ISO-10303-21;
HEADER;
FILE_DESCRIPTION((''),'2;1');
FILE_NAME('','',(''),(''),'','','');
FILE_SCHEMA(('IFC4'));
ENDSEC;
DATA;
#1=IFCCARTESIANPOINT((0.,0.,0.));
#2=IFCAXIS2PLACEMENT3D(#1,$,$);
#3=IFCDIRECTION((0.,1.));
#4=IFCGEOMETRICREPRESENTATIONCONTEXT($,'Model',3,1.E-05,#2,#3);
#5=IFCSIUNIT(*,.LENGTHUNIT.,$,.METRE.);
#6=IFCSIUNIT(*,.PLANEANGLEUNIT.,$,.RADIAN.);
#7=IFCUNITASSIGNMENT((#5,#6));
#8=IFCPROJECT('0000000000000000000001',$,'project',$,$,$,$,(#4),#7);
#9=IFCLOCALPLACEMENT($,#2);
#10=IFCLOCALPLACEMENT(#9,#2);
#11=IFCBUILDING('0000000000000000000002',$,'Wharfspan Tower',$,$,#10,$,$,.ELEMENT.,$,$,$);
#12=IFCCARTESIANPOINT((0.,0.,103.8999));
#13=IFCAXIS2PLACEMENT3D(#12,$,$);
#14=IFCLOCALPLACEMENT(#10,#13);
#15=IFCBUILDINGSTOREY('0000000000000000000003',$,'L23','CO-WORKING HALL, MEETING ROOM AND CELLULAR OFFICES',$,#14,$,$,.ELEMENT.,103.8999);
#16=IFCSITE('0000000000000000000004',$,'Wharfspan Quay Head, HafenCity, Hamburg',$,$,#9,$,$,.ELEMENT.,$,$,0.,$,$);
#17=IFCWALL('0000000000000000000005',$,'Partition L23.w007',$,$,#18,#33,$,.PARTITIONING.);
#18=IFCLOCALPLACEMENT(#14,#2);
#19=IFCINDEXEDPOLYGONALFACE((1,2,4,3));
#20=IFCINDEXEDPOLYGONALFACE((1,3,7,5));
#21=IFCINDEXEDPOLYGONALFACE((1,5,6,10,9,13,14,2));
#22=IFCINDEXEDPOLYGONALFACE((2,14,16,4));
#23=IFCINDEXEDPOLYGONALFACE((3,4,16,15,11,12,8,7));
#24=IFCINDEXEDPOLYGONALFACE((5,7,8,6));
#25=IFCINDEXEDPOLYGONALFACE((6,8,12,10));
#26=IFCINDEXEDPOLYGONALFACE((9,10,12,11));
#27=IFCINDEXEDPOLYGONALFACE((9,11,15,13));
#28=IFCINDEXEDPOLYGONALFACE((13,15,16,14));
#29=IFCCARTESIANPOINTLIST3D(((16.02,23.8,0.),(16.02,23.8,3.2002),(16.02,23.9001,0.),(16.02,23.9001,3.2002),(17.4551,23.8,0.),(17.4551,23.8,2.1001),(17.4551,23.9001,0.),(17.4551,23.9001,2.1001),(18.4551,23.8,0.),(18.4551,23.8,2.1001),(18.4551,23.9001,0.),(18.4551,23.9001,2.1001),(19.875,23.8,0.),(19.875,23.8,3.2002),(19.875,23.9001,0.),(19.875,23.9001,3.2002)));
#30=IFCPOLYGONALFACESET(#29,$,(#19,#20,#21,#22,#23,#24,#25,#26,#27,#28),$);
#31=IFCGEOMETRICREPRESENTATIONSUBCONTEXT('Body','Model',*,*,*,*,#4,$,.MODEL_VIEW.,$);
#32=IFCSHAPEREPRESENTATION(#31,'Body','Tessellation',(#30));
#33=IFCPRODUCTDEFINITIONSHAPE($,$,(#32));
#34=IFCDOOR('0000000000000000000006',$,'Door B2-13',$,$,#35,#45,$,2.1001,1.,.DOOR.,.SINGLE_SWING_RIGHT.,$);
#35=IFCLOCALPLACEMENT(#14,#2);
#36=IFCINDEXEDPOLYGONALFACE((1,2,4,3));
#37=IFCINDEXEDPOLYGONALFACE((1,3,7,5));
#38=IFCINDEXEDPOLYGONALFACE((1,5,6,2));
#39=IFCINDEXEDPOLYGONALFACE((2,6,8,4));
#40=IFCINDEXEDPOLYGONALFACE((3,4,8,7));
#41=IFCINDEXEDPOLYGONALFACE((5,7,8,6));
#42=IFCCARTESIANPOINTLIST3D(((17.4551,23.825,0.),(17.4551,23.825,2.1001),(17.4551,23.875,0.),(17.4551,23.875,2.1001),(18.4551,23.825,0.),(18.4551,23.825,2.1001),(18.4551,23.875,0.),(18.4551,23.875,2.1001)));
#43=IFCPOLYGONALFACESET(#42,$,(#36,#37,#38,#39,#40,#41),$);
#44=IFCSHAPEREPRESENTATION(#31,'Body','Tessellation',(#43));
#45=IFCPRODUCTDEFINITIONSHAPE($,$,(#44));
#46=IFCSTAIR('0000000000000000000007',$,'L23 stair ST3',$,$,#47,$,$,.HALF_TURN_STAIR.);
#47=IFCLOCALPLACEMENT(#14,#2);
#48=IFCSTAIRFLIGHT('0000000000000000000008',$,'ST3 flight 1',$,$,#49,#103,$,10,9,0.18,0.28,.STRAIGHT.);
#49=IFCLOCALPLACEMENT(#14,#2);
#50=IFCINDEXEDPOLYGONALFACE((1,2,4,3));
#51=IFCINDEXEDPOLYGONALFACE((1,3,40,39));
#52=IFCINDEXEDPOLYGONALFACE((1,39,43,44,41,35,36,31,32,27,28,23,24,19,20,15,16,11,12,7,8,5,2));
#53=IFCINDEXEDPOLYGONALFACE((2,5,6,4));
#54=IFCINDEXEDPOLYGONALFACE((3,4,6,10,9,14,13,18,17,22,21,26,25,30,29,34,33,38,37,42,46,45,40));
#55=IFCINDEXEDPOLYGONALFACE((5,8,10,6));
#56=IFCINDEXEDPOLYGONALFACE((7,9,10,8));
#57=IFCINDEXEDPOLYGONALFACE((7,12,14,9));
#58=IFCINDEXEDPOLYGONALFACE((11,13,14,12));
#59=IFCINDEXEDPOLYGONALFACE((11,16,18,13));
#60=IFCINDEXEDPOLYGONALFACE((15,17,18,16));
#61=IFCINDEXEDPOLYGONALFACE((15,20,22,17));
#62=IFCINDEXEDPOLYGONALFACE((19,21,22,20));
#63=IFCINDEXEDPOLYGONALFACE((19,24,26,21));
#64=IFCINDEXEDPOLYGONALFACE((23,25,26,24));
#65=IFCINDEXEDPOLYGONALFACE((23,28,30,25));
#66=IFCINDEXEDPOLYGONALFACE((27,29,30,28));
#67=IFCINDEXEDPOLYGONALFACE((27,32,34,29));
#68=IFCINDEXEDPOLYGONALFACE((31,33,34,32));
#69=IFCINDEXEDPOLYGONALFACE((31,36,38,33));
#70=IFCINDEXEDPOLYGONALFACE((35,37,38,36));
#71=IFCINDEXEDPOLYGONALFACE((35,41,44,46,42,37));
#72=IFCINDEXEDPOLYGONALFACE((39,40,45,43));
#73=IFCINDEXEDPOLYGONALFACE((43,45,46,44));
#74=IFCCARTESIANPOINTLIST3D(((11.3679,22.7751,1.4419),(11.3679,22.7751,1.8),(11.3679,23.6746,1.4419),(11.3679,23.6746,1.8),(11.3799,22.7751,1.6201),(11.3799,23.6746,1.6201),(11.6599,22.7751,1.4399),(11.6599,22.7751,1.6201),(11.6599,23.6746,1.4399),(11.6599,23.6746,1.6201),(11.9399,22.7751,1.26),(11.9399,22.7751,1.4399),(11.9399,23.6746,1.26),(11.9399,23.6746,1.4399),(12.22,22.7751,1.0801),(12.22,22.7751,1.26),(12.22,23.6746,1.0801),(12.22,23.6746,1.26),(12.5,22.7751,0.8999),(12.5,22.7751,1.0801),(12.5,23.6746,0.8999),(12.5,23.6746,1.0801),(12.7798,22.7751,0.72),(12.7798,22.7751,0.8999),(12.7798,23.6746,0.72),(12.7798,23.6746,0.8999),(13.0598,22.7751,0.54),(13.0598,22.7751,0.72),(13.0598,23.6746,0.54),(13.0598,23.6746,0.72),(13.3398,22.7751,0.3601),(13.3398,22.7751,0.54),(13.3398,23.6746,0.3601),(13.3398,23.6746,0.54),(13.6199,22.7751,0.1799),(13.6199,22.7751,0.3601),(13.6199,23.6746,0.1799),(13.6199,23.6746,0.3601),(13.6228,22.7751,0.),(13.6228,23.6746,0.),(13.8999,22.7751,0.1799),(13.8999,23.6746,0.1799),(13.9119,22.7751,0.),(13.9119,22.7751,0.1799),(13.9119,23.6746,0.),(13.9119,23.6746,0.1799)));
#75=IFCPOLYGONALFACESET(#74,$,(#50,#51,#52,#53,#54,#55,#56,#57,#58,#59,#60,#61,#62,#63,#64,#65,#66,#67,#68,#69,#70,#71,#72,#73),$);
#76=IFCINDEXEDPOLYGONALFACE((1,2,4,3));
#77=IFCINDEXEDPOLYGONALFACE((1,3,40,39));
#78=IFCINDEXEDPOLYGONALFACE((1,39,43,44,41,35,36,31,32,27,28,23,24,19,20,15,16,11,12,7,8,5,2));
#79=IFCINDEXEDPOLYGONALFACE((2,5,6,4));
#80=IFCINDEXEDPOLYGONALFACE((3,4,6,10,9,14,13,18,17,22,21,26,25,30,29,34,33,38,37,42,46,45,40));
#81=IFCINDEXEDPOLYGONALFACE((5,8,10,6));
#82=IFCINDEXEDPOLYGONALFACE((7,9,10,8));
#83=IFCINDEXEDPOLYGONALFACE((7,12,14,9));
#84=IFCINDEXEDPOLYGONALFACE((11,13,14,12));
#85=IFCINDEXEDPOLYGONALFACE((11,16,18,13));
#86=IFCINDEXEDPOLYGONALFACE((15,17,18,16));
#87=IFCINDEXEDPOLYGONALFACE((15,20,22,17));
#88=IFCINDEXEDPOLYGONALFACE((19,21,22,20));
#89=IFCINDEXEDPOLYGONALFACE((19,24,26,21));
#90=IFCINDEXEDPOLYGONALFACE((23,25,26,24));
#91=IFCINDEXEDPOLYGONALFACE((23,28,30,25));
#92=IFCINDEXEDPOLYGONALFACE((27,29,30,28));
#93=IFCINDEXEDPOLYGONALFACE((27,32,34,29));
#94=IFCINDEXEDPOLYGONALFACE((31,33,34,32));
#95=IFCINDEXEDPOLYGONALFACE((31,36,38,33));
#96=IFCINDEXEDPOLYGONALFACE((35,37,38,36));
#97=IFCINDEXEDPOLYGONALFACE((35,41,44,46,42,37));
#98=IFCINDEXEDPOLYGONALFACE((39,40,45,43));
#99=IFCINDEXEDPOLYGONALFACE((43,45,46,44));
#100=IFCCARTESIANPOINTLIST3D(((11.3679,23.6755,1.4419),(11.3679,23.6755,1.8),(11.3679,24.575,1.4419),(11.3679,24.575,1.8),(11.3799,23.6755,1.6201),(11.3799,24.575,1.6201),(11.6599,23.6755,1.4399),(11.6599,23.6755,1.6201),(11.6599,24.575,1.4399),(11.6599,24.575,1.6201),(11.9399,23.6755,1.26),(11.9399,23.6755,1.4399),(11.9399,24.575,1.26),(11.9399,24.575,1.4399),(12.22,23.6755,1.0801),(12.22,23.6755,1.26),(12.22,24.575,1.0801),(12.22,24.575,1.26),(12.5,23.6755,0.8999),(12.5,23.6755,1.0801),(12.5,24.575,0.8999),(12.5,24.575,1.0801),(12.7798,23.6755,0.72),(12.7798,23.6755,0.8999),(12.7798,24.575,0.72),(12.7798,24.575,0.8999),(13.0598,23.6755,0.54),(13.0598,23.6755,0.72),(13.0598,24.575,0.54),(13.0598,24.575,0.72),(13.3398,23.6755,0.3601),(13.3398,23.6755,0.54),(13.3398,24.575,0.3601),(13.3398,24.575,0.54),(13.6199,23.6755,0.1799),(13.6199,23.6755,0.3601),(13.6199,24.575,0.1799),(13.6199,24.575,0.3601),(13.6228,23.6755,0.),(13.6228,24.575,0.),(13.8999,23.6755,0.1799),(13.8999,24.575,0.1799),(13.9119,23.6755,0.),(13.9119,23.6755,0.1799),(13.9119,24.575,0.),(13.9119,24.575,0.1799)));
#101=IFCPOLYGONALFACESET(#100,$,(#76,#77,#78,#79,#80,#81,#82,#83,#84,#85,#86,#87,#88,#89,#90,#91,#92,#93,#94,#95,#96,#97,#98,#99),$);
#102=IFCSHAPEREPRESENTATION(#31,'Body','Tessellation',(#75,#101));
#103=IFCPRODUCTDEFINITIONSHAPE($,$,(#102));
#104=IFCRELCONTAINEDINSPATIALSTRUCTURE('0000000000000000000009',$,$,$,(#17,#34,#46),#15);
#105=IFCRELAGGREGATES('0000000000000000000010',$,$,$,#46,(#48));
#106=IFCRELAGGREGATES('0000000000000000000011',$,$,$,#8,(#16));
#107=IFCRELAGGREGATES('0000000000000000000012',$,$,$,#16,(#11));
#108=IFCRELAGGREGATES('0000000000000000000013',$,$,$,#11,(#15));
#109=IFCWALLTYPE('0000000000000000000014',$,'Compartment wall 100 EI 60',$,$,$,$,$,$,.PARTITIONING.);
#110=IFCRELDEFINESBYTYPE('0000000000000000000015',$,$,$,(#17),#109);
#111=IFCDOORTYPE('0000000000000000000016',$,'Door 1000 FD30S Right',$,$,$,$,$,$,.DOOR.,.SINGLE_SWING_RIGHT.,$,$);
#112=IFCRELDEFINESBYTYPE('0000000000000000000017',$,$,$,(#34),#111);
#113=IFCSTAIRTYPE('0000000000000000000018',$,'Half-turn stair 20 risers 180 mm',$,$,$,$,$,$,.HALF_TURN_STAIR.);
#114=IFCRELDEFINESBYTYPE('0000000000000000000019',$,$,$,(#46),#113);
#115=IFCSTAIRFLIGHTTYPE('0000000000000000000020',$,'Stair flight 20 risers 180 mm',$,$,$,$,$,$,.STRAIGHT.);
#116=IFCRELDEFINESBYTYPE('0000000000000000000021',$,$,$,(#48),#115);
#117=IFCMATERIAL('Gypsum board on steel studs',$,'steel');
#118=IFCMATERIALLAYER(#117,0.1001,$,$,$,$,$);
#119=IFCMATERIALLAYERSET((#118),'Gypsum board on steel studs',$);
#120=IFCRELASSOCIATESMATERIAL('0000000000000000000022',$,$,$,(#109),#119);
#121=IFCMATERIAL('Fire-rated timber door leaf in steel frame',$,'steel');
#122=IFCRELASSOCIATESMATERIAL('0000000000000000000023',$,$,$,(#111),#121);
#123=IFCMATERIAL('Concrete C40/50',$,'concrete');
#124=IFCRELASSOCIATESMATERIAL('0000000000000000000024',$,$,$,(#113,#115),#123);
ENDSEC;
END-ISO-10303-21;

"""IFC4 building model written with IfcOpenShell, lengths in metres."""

from ifc_helpers import new_model, si_unit, direction, frame, frame_2d, origin, place, context, subcontext, project, spatial, polyline, rectangle, outline, extrude, material, layer, layer_set, type_object, element, fill, aggregate, save


model = new_model("IFC4")

# Units and contexts
model_context = context("Model", 3, precision=1e-05, world=origin(), true_north=direction((0.0, 1.0)))
body_context = subcontext(model_context, "Body", "Model", "MODEL_VIEW")
ifc_project = project(units=[si_unit("LENGTHUNIT", "METRE"), si_unit("PLANEANGLEUNIT", "RADIAN")], contexts=[model_context])

# Site, building, storey
site_placement = place(None, origin())
site = spatial("IfcSite", under=ifc_project, at=site_placement, Name="Wharfspan Quay Head, HafenCity, Hamburg", CompositionType="ELEMENT", RefElevation=0.0)
building_placement = place(site_placement, origin())
building = spatial("IfcBuilding", under=site, at=building_placement, Name="Wharfspan Tower", CompositionType="ELEMENT")
storey_placement = place(building_placement, frame((0.0, 0.0, 103.8999)))
storey = spatial("IfcBuildingStorey", under=building, at=storey_placement, Name="L23", Description="CO-WORKING HALL, MEETING ROOM AND CELLULAR OFFICES", CompositionType="ELEMENT", Elevation=103.8999)

# Wall, opening, door
ifc_material_1 = material(Name="Gypsum board on steel studs", Category="steel")
ifc_layer = layer(ifc_material_1, 0.1001)
ifc_layer_set = layer_set([ifc_layer], Name="Gypsum board on steel studs")
wall_type = type_object("IfcWallType", Name="Compartment wall 100 EI 60", PredefinedType="PARTITIONING", material=ifc_layer_set)
wall_placement = place(storey_placement, frame((16.02, 23.8501, 0.0), z_axis=(0.0, 0.0, 1.0), x_axis=(1.0, 0.0, 0.0)))
wall = element("IfcWall", 1, at=wall_placement, inside=storey, type_object=wall_type, Name="Partition L23.w007", PredefinedType="PARTITIONING", context=body_context, shape_type="SweptSolid", body=[
    extrude(rectangle(XDim=3.855, YDim=0.1001, at=frame_2d((1.9275, 0.0))), origin(), (0.0, 0.0, 1.0), 3.2002),
])
opening_placement = place(wall_placement, frame((1.4351, 0.0, 0.0)))
opening = element("IfcOpeningElement", 2, at=opening_placement, cuts=wall, PredefinedType="OPENING", context=body_context, shape_type="SweptSolid", body=[
    extrude(rectangle(XDim=1.0, YDim=2.1001, at=frame_2d((0.5, 1.05))), frame((0.0, 0.0601, 0.0), z_axis=(0.0, -1.0, 0.0), x_axis=(1.0, 0.0, 0.0)), (0.0, 0.0, 1.0), 0.1201),
])
ifc_material_2 = material(Name="Fire-rated timber door leaf in steel frame", Category="steel")
door_type = type_object("IfcDoorType", Name="Door 1000 FD30S Right", OperationType="SINGLE_SWING_RIGHT", PredefinedType="DOOR", material=ifc_material_2)
door_placement = place(opening_placement, origin())
door = element("IfcDoor", 3, at=door_placement, inside=storey, type_object=door_type, Name="Door B2-13", OperationType="SINGLE_SWING_RIGHT", OverallHeight=2.1001, OverallWidth=1.0, PredefinedType="DOOR", context=body_context, shape_type="SweptSolid", body=[
    extrude(rectangle(XDim=1.0, YDim=2.1001, at=frame_2d((0.5, 1.05))), frame((0.0, 0.0249, 0.0), z_axis=(0.0, -1.0, 0.0), x_axis=(1.0, 0.0, 0.0)), (0.0, 0.0, 1.0), 0.05),
])
fill(opening, door)

# Stair, stair flight
ifc_material_3 = material(Name="Concrete C40/50", Category="concrete")
stair_type = type_object("IfcStairType", Name="Half-turn stair 20 risers 180 mm", PredefinedType="HALF_TURN_STAIR", material=ifc_material_3)
stair_placement = place(storey_placement, origin())
stair = element("IfcStair", 4, at=stair_placement, inside=storey, type_object=stair_type, Name="L23 stair ST3", PredefinedType="HALF_TURN_STAIR")
stair_flight_type = type_object("IfcStairFlightType", Name="Stair flight 20 risers 180 mm", PredefinedType="STRAIGHT", material=ifc_material_3)
stair_flight_placement = place(storey_placement, frame((13.8999, 23.675, 0.0), z_axis=(0.0, 0.0, 1.0), x_axis=(-1.0, 0.0, 0.0)))
stair_flight = element("IfcStairFlight", 5, at=stair_flight_placement, type_object=stair_flight_type, Name="ST3 flight 1", NumberOfRisers=10, NumberOfTreads=9, PredefinedType="STRAIGHT", RiserHeight=0.18, TreadLength=0.28, context=body_context, shape_type="SweptSolid", body=[
    extrude(outline(polyline([(-0.012, 0.0), (-0.012, 0.1799), (0.0, 0.1799), (0.28, 0.1799), (0.28, 0.3601), (0.5601, 0.3601), (0.5601, 0.54), (0.8401, 0.54), (0.8401, 0.72), (1.1201, 0.72), (1.1201, 0.8999), (1.3999, 0.8999), (1.3999, 1.0801), (1.6799, 1.0801), (1.6799, 1.26), (1.96, 1.26), (1.96, 1.4399), (2.24, 1.4399), (2.24, 1.6201), (2.52, 1.6201), (2.532, 1.8), (2.532, 1.4419), (0.2771, 0.0), (-0.012, 0.0)])), frame((0.0, 0.8999, 0.0), z_axis=(0.0, -1.0, 0.0), x_axis=(1.0, 0.0, 0.0)), (0.0, 0.0, 1.0), 0.8994),
    extrude(outline(polyline([(-0.012, 0.0), (-0.012, 0.1799), (0.0, 0.1799), (0.28, 0.1799), (0.28, 0.3601), (0.5601, 0.3601), (0.5601, 0.54), (0.8401, 0.54), (0.8401, 0.72), (1.1201, 0.72), (1.1201, 0.8999), (1.3999, 0.8999), (1.3999, 1.0801), (1.6799, 1.0801), (1.6799, 1.26), (1.96, 1.26), (1.96, 1.4399), (2.24, 1.4399), (2.24, 1.6201), (2.52, 1.6201), (2.532, 1.8), (2.532, 1.4419), (0.2771, 0.0), (-0.012, 0.0)])), frame((0.0, -0.0005, 0.0), z_axis=(0.0, -1.0, 0.0), x_axis=(1.0, 0.0, 0.0)), (0.0, 0.0, 1.0), 0.8994),
])
aggregate(stair, [stair_flight])

save(model, "model.ifc")
